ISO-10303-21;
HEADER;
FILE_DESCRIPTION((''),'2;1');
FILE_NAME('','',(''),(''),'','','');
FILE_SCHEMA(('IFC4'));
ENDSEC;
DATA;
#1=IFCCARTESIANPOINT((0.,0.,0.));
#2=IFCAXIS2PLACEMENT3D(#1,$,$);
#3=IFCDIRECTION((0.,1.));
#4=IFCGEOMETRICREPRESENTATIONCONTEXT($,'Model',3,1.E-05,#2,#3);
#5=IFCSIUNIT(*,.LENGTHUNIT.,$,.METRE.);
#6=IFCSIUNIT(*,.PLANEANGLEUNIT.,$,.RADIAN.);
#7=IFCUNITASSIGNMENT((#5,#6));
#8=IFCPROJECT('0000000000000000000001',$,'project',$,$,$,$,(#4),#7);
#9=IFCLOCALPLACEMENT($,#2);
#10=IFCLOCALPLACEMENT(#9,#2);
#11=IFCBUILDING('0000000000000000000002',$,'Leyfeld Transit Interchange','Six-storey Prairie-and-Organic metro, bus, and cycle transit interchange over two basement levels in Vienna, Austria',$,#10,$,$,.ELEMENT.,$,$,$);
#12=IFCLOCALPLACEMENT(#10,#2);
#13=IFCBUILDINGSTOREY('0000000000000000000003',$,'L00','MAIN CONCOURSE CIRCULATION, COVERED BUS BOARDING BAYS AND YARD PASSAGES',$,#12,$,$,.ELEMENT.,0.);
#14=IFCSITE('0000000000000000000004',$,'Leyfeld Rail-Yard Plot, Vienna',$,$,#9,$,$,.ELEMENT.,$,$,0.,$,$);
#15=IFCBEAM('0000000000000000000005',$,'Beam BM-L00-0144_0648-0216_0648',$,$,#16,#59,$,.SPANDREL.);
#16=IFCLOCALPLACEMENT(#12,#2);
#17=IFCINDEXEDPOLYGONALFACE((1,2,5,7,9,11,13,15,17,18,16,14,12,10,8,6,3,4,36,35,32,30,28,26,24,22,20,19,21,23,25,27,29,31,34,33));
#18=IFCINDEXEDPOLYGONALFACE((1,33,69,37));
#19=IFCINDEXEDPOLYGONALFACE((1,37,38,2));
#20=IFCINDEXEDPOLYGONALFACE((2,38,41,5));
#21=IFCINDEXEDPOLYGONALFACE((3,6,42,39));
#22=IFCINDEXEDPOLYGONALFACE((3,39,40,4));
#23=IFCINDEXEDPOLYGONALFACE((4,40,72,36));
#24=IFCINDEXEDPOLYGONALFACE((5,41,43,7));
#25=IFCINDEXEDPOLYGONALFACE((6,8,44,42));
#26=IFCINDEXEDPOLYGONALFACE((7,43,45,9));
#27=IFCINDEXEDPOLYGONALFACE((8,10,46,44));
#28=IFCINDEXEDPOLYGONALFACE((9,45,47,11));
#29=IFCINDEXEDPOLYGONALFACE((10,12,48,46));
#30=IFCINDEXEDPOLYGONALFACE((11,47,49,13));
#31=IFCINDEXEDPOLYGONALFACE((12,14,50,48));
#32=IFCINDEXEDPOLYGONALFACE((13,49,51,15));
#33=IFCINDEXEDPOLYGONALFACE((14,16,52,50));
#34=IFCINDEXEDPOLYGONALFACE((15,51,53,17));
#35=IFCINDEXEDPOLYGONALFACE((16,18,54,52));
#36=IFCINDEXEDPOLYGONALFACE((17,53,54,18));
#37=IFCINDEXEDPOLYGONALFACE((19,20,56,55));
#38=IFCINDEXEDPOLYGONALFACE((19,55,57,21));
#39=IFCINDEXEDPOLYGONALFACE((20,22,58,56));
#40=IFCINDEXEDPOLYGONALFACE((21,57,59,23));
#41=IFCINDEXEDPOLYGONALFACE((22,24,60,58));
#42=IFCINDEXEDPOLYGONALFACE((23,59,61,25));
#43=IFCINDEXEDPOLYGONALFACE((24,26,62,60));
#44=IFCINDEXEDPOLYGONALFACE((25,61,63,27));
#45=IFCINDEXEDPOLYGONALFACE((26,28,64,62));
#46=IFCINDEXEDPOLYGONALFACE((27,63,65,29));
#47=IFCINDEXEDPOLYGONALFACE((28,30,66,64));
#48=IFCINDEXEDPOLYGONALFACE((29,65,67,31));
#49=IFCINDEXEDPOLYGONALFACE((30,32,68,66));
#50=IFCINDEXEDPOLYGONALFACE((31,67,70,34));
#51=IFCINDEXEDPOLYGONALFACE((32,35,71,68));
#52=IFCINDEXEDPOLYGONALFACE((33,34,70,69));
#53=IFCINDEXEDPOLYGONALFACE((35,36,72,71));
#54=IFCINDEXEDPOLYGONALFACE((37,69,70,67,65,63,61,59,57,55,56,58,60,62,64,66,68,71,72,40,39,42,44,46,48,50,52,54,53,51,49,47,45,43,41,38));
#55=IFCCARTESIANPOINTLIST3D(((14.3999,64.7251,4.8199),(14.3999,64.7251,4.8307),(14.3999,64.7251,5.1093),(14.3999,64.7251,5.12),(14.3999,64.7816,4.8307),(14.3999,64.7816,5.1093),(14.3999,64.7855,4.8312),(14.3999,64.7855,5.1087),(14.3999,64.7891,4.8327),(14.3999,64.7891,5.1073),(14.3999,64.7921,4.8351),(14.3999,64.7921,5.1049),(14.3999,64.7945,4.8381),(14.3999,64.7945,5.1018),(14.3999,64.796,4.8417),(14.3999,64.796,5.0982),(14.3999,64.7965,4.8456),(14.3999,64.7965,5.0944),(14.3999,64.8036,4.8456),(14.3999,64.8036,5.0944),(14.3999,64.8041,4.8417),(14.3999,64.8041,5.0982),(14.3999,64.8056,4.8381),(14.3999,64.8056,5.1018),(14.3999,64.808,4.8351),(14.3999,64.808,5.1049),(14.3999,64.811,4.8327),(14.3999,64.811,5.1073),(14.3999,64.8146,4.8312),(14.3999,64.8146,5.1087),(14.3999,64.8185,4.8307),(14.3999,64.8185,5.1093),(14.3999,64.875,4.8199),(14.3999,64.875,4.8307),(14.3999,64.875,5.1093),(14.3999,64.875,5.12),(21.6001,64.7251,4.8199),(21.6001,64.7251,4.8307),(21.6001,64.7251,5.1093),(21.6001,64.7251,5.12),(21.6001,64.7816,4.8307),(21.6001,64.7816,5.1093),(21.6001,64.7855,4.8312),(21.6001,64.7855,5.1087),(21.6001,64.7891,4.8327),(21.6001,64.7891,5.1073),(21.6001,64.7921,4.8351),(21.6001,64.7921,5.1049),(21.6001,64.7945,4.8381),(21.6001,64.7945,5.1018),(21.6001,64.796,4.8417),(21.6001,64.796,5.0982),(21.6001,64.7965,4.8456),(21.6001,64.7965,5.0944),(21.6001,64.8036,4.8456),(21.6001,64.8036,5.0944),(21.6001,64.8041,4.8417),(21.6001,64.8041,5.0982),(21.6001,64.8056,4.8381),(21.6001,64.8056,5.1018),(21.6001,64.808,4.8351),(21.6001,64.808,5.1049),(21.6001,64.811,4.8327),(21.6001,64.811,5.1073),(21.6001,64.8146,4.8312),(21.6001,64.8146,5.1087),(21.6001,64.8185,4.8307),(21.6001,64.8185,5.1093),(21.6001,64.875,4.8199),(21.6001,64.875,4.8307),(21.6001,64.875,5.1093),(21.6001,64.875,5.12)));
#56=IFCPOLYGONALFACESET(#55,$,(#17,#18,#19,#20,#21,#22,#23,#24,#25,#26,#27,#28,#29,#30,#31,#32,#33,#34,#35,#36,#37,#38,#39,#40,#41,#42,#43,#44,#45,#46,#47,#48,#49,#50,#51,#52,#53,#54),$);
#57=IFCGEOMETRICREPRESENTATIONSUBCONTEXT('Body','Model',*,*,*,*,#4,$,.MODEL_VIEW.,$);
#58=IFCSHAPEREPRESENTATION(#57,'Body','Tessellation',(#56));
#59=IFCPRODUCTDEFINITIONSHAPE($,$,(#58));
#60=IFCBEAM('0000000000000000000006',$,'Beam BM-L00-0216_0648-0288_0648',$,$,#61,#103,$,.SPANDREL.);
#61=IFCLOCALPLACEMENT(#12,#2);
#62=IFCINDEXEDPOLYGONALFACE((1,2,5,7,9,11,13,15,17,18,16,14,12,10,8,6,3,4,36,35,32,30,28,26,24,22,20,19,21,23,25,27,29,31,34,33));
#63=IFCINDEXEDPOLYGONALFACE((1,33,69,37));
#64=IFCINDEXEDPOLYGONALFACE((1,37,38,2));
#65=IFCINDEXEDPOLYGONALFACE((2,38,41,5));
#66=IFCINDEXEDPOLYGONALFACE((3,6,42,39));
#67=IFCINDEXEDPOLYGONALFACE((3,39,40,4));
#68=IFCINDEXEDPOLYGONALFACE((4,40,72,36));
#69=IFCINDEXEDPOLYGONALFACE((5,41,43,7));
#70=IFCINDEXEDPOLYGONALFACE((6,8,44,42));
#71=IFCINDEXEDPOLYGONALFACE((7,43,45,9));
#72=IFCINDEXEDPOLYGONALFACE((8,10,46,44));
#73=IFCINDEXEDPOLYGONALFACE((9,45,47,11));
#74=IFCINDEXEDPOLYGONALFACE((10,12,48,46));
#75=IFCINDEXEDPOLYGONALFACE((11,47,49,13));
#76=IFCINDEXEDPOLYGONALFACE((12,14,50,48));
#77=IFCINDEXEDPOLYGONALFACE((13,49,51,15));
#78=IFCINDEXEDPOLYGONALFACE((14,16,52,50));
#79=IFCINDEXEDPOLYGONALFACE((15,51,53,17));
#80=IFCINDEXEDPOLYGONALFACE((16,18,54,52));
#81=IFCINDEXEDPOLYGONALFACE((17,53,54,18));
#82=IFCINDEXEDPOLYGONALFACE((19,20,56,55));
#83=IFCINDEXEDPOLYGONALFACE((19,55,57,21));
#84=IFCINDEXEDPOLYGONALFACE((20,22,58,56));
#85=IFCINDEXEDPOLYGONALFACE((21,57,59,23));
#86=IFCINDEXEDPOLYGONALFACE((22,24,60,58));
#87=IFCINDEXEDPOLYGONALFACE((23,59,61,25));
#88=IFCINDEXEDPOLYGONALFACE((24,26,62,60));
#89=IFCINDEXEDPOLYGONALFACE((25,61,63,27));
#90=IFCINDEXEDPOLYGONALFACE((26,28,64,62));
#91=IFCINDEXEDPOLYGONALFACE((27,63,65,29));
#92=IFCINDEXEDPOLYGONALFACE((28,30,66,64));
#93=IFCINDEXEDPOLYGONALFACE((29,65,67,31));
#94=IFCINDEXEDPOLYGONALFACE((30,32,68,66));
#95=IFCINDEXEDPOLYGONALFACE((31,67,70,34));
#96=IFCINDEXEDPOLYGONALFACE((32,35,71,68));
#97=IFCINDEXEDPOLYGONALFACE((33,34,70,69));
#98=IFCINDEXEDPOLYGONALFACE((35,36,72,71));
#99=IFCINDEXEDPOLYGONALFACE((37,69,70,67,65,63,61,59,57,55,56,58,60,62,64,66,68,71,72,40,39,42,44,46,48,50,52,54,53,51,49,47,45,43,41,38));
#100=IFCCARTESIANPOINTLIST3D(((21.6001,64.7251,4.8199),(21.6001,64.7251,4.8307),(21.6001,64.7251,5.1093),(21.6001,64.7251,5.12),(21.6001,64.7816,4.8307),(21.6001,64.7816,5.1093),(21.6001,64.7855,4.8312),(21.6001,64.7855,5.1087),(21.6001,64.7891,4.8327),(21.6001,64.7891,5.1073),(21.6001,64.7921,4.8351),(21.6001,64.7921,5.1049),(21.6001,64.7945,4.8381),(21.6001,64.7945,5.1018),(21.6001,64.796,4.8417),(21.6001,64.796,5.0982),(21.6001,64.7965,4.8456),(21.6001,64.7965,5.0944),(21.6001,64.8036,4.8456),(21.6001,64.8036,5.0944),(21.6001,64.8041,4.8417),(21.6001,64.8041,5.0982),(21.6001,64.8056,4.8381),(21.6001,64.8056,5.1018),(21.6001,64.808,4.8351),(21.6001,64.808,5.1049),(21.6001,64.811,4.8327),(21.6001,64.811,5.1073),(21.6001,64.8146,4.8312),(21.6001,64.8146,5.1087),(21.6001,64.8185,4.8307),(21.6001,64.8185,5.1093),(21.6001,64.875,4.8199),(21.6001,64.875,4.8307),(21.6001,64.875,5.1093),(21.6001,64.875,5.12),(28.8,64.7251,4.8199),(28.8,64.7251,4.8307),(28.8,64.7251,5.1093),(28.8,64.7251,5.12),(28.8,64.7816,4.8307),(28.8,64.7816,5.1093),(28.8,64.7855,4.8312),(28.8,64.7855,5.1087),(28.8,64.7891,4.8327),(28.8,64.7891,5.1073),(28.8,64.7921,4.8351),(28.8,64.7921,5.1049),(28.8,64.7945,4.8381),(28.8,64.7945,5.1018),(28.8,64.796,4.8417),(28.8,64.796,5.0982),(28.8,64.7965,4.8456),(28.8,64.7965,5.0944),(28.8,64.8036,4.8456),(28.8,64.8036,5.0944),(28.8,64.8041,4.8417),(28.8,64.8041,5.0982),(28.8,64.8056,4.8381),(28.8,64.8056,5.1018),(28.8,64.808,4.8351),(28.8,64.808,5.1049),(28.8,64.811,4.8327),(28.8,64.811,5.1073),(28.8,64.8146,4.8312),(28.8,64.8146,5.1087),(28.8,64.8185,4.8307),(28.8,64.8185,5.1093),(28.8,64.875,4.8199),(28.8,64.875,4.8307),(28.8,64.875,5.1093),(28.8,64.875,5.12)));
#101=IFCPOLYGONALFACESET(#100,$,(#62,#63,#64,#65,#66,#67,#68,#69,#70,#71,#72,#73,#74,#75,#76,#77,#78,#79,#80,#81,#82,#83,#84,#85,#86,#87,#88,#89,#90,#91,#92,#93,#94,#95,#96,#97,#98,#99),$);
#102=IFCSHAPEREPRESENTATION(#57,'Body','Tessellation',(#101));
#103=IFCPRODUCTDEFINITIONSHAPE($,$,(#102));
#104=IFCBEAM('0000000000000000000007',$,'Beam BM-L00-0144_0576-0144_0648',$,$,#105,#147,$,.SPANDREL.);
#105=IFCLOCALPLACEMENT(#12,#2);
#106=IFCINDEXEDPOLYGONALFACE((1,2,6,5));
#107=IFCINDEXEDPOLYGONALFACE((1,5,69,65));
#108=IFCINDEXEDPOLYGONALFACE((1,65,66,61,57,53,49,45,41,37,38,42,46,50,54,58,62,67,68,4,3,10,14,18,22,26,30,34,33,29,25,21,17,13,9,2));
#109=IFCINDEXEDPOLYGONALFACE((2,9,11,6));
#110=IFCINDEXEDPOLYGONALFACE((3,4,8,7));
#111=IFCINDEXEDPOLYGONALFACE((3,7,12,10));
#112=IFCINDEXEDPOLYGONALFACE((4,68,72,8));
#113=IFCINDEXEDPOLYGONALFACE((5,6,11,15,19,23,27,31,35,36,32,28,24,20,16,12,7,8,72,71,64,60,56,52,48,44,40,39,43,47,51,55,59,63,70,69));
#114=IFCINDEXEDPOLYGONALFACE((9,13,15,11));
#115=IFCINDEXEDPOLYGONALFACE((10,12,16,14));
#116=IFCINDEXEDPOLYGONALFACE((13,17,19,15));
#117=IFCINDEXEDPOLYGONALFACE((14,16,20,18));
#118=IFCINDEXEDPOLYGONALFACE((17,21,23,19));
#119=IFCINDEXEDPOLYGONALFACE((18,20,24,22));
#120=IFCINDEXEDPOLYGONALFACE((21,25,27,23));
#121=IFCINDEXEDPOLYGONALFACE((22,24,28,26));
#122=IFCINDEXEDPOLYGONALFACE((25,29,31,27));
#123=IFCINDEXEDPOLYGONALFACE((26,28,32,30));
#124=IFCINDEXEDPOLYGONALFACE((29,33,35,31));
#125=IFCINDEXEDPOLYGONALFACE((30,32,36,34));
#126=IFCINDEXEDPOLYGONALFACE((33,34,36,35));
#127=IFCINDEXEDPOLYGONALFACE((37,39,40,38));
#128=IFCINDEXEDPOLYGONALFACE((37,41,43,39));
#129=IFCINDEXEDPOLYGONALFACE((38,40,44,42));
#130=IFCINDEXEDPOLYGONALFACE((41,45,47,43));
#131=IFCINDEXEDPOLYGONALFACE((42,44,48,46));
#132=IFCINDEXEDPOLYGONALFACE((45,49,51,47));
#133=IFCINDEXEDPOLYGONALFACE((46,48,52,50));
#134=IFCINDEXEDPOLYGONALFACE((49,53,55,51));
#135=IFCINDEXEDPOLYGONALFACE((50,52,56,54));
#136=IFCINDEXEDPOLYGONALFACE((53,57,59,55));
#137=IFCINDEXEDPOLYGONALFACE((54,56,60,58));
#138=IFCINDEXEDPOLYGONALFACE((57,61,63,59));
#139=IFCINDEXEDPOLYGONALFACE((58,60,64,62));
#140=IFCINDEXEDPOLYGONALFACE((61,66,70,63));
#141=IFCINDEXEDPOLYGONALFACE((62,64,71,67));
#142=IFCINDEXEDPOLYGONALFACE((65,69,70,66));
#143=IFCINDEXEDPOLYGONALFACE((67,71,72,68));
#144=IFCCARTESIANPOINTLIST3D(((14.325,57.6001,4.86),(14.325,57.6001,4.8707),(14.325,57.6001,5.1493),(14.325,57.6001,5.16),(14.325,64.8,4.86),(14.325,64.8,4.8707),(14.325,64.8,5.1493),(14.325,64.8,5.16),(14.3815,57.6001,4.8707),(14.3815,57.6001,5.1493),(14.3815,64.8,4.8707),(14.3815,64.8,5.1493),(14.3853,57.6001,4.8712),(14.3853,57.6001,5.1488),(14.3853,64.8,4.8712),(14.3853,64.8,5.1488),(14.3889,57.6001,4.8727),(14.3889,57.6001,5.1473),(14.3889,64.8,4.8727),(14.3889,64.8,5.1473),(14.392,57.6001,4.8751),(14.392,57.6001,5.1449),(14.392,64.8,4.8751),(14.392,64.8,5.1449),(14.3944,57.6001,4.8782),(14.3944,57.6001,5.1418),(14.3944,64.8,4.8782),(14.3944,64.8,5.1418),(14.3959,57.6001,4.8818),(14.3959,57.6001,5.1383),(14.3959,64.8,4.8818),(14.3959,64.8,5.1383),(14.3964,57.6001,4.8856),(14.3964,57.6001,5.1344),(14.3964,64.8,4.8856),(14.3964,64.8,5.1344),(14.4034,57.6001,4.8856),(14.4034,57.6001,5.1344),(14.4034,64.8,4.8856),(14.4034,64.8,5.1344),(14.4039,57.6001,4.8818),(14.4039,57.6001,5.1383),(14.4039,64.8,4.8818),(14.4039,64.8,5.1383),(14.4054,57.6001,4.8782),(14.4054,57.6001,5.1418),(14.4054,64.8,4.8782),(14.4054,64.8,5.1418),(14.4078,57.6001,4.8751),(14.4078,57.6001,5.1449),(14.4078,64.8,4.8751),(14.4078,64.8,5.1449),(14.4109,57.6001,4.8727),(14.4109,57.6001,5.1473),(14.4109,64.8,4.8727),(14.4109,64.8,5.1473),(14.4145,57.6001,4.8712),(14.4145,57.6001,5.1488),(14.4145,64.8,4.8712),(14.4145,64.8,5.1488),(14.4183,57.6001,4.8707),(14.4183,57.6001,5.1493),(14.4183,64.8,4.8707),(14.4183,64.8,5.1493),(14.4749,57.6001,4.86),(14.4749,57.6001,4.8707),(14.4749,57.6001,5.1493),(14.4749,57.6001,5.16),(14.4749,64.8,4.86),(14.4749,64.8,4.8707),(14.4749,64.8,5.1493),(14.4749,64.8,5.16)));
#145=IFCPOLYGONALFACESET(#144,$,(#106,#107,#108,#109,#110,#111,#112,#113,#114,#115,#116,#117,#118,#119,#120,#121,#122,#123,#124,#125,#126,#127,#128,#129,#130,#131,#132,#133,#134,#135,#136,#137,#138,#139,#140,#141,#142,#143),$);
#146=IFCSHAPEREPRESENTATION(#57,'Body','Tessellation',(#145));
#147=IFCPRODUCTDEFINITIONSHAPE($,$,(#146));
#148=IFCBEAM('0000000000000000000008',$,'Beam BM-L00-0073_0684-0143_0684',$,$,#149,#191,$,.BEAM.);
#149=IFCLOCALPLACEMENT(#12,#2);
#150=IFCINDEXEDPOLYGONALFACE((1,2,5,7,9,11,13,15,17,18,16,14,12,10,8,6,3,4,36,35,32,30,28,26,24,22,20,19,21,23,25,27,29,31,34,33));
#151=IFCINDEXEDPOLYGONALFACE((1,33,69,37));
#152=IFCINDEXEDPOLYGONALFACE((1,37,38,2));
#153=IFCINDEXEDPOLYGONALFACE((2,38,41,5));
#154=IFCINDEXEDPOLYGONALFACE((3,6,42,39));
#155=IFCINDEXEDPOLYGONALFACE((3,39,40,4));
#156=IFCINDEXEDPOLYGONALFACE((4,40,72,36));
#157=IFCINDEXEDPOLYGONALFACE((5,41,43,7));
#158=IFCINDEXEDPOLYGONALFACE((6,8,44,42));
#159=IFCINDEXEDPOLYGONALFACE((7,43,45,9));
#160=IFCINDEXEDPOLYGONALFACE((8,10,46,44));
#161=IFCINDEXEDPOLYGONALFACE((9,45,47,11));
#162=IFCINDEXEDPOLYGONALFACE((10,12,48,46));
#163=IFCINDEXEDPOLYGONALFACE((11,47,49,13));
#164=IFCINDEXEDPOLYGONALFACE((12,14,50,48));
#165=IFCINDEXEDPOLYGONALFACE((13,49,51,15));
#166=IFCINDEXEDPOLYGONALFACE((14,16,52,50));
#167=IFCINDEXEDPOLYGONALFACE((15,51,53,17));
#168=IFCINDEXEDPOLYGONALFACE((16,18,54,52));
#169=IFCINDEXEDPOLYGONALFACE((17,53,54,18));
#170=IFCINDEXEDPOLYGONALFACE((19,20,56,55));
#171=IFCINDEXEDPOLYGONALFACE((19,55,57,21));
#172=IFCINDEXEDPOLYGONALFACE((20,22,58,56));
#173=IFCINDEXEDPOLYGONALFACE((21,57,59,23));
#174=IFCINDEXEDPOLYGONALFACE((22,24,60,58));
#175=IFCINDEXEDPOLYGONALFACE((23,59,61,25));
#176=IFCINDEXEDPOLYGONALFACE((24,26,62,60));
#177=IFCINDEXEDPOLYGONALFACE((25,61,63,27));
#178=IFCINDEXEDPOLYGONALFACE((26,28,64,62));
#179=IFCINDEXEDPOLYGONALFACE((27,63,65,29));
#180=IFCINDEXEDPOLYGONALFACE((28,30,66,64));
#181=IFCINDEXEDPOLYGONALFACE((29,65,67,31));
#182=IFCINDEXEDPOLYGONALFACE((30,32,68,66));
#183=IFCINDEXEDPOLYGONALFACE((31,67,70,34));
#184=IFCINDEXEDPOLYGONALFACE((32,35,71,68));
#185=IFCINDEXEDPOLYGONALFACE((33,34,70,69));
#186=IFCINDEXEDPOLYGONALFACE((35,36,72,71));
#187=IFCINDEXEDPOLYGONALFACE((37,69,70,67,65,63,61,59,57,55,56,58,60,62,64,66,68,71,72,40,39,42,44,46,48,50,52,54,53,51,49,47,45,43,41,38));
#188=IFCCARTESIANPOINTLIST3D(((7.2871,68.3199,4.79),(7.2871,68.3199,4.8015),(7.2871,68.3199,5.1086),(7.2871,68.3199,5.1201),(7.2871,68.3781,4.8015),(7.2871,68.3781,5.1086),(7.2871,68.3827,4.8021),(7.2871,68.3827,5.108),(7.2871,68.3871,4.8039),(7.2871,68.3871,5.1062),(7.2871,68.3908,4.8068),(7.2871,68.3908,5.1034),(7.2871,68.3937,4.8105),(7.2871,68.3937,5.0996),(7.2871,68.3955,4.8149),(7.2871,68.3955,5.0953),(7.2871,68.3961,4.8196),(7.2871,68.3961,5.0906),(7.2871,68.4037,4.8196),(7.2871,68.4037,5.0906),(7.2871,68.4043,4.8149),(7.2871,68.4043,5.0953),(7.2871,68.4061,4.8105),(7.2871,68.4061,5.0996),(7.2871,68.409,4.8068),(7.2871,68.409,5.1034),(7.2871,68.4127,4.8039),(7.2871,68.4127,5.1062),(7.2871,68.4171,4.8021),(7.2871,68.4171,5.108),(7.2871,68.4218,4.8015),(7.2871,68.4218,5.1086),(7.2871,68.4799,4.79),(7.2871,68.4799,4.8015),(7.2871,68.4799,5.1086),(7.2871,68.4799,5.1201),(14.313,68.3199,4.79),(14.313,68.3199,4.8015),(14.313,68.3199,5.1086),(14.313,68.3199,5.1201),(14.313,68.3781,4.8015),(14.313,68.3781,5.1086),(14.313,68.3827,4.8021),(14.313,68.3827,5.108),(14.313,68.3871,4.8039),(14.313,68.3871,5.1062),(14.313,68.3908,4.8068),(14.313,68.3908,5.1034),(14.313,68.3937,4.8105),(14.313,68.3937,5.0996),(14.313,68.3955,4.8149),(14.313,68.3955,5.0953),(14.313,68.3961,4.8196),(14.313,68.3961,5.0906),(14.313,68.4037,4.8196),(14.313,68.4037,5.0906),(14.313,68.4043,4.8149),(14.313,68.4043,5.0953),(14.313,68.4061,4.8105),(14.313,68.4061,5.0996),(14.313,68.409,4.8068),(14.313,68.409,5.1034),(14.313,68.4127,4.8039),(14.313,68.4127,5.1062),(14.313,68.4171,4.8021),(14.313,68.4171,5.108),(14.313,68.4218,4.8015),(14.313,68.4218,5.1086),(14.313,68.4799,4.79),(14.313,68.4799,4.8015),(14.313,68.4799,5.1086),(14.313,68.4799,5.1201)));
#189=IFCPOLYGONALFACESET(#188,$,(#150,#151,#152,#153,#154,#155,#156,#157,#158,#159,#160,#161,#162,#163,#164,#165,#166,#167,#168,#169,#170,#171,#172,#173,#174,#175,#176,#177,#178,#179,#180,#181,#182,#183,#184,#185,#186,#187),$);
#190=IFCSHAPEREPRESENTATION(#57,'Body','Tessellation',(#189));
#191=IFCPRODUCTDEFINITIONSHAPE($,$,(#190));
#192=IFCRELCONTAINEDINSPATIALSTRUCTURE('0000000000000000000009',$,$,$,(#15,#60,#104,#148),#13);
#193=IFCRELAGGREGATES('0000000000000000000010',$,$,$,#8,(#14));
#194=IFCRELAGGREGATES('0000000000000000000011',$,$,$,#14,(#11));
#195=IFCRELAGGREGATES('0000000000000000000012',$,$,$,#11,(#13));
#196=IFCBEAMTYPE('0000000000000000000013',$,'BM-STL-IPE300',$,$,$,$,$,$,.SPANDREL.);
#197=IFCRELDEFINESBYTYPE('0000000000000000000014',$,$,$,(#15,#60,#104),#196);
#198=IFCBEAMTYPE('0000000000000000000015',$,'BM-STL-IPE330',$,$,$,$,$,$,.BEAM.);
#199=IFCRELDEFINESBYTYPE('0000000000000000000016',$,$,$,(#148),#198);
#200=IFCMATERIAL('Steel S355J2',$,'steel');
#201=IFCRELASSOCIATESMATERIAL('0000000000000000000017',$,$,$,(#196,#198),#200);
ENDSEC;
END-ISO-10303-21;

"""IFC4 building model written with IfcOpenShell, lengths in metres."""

from ifc_helpers import new_model, si_unit, direction, frame, origin, origin_2d, place, context, subcontext, project, spatial, i_section, extrude, material, material_profile, profile_set, type_object, element, save


model = new_model("IFC4")

# Units and contexts
model_context = context("Model", 3, precision=1e-05, world=origin(), true_north=direction((0.0, 1.0)))
body_context = subcontext(model_context, "Body", "Model", "MODEL_VIEW")
ifc_project = project(units=[si_unit("LENGTHUNIT", "METRE"), si_unit("PLANEANGLEUNIT", "RADIAN")], contexts=[model_context])

# Site, building, storey
site_placement = place(None, origin())
site = spatial("IfcSite", under=ifc_project, at=site_placement, Name="Leyfeld Rail-Yard Plot, Vienna", CompositionType="ELEMENT", RefElevation=0.0)
building_placement = place(site_placement, origin())
building = spatial("IfcBuilding", under=site, at=building_placement, Name="Leyfeld Transit Interchange", Description="Six-storey Prairie-and-Organic metro, bus, and cycle transit interchange over two basement levels in Vienna, Austria", CompositionType="ELEMENT")
storey_placement = place(building_placement, origin())
storey = spatial("IfcBuildingStorey", under=building, at=storey_placement, Name="L00", Description="MAIN CONCOURSE CIRCULATION, COVERED BUS BOARDING BAYS AND YARD PASSAGES", CompositionType="ELEMENT", Elevation=0.0)

# Shared definitions
ifc_material_1 = material(Name="Steel S355J2", Category="steel")

# Beams
ifc_material_profile_1 = material_profile(ifc_material_1, i_section(OverallWidth=0.1499, OverallDepth=0.3, WebThickness=0.0071, FlangeThickness=0.0107, FilletRadius=0.0149, at=origin_2d()), Name="IPE 300")
ifc_profile_set_1 = profile_set([ifc_material_profile_1], Name="Steel S355J2")
beam_type_1 = type_object("IfcBeamType", Name="BM-STL-IPE300", PredefinedType="SPANDREL", material=ifc_profile_set_1)
beam_1_placement = place(storey_placement, frame((14.3999, 64.8, 4.97), z_axis=(1.0, 0.0, 0.0), x_axis=(0.0, 1.0, 0.0)))
element("IfcBeam", 1, at=beam_1_placement, inside=storey, type_object=beam_type_1, Name="Beam BM-L00-0144_0648-0216_0648", PredefinedType="SPANDREL", context=body_context, shape_type="SweptSolid", body=[
    extrude(i_section(OverallWidth=0.1499, OverallDepth=0.3, WebThickness=0.0071, FlangeThickness=0.0107, FilletRadius=0.0149, at=origin_2d()), origin(), (0.0, 0.0, 1.0), 7.2002),
])
for number, where, z_axis, x_axis, name in (
    (2, (21.6001, 64.8, 4.97), (1.0, 0.0, 0.0), (0.0, 1.0, 0.0), "Beam BM-L00-0216_0648-0288_0648"),
    (3, (14.3999, 57.6001, 5.01), (0.0, 1.0, 0.0), (-1.0, 0.0, 0.0), "Beam BM-L00-0144_0576-0144_0648"),
):
    element("IfcBeam", number, at=place(storey_placement, frame(where, z_axis=z_axis, x_axis=x_axis)), inside=storey, type_object=beam_type_1, Name=name, PredefinedType="SPANDREL", context=body_context, shape_type="SweptSolid", body=[
        extrude(i_section(OverallWidth=0.1499, OverallDepth=0.3, WebThickness=0.0071, FlangeThickness=0.0107, FilletRadius=0.0149, at=origin_2d()), origin(), (0.0, 0.0, 1.0), 7.2),
    ])
ifc_material_profile_2 = material_profile(ifc_material_1, i_section(OverallWidth=0.1599, OverallDepth=0.3301, WebThickness=0.0076, FlangeThickness=0.0115, FilletRadius=0.0181, at=origin_2d()), Name="IPE 330")
ifc_profile_set_2 = profile_set([ifc_material_profile_2], Name="Steel S355J2")
beam_type_2 = type_object("IfcBeamType", Name="BM-STL-IPE330", PredefinedType="BEAM", material=ifc_profile_set_2)
for number, where, z_axis, x_axis, name in (
    (4, (7.2871, 68.3999, 4.9551), (1.0, 0.0, 0.0), (0.0, 1.0, 0.0), "Beam BM-L00-0073_0684-0143_0684"),
):
    element("IfcBeam", number, at=place(storey_placement, frame(where, z_axis=z_axis, x_axis=x_axis)), inside=storey, type_object=beam_type_2, Name=name, PredefinedType="BEAM", context=body_context, shape_type="SweptSolid", body=[
        extrude(i_section(OverallWidth=0.1599, OverallDepth=0.3301, WebThickness=0.0076, FlangeThickness=0.0115, FilletRadius=0.0181, at=origin_2d()), origin(), (0.0, 0.0, 1.0), 7.0259),
    ])

save(model, "model.ifc")
